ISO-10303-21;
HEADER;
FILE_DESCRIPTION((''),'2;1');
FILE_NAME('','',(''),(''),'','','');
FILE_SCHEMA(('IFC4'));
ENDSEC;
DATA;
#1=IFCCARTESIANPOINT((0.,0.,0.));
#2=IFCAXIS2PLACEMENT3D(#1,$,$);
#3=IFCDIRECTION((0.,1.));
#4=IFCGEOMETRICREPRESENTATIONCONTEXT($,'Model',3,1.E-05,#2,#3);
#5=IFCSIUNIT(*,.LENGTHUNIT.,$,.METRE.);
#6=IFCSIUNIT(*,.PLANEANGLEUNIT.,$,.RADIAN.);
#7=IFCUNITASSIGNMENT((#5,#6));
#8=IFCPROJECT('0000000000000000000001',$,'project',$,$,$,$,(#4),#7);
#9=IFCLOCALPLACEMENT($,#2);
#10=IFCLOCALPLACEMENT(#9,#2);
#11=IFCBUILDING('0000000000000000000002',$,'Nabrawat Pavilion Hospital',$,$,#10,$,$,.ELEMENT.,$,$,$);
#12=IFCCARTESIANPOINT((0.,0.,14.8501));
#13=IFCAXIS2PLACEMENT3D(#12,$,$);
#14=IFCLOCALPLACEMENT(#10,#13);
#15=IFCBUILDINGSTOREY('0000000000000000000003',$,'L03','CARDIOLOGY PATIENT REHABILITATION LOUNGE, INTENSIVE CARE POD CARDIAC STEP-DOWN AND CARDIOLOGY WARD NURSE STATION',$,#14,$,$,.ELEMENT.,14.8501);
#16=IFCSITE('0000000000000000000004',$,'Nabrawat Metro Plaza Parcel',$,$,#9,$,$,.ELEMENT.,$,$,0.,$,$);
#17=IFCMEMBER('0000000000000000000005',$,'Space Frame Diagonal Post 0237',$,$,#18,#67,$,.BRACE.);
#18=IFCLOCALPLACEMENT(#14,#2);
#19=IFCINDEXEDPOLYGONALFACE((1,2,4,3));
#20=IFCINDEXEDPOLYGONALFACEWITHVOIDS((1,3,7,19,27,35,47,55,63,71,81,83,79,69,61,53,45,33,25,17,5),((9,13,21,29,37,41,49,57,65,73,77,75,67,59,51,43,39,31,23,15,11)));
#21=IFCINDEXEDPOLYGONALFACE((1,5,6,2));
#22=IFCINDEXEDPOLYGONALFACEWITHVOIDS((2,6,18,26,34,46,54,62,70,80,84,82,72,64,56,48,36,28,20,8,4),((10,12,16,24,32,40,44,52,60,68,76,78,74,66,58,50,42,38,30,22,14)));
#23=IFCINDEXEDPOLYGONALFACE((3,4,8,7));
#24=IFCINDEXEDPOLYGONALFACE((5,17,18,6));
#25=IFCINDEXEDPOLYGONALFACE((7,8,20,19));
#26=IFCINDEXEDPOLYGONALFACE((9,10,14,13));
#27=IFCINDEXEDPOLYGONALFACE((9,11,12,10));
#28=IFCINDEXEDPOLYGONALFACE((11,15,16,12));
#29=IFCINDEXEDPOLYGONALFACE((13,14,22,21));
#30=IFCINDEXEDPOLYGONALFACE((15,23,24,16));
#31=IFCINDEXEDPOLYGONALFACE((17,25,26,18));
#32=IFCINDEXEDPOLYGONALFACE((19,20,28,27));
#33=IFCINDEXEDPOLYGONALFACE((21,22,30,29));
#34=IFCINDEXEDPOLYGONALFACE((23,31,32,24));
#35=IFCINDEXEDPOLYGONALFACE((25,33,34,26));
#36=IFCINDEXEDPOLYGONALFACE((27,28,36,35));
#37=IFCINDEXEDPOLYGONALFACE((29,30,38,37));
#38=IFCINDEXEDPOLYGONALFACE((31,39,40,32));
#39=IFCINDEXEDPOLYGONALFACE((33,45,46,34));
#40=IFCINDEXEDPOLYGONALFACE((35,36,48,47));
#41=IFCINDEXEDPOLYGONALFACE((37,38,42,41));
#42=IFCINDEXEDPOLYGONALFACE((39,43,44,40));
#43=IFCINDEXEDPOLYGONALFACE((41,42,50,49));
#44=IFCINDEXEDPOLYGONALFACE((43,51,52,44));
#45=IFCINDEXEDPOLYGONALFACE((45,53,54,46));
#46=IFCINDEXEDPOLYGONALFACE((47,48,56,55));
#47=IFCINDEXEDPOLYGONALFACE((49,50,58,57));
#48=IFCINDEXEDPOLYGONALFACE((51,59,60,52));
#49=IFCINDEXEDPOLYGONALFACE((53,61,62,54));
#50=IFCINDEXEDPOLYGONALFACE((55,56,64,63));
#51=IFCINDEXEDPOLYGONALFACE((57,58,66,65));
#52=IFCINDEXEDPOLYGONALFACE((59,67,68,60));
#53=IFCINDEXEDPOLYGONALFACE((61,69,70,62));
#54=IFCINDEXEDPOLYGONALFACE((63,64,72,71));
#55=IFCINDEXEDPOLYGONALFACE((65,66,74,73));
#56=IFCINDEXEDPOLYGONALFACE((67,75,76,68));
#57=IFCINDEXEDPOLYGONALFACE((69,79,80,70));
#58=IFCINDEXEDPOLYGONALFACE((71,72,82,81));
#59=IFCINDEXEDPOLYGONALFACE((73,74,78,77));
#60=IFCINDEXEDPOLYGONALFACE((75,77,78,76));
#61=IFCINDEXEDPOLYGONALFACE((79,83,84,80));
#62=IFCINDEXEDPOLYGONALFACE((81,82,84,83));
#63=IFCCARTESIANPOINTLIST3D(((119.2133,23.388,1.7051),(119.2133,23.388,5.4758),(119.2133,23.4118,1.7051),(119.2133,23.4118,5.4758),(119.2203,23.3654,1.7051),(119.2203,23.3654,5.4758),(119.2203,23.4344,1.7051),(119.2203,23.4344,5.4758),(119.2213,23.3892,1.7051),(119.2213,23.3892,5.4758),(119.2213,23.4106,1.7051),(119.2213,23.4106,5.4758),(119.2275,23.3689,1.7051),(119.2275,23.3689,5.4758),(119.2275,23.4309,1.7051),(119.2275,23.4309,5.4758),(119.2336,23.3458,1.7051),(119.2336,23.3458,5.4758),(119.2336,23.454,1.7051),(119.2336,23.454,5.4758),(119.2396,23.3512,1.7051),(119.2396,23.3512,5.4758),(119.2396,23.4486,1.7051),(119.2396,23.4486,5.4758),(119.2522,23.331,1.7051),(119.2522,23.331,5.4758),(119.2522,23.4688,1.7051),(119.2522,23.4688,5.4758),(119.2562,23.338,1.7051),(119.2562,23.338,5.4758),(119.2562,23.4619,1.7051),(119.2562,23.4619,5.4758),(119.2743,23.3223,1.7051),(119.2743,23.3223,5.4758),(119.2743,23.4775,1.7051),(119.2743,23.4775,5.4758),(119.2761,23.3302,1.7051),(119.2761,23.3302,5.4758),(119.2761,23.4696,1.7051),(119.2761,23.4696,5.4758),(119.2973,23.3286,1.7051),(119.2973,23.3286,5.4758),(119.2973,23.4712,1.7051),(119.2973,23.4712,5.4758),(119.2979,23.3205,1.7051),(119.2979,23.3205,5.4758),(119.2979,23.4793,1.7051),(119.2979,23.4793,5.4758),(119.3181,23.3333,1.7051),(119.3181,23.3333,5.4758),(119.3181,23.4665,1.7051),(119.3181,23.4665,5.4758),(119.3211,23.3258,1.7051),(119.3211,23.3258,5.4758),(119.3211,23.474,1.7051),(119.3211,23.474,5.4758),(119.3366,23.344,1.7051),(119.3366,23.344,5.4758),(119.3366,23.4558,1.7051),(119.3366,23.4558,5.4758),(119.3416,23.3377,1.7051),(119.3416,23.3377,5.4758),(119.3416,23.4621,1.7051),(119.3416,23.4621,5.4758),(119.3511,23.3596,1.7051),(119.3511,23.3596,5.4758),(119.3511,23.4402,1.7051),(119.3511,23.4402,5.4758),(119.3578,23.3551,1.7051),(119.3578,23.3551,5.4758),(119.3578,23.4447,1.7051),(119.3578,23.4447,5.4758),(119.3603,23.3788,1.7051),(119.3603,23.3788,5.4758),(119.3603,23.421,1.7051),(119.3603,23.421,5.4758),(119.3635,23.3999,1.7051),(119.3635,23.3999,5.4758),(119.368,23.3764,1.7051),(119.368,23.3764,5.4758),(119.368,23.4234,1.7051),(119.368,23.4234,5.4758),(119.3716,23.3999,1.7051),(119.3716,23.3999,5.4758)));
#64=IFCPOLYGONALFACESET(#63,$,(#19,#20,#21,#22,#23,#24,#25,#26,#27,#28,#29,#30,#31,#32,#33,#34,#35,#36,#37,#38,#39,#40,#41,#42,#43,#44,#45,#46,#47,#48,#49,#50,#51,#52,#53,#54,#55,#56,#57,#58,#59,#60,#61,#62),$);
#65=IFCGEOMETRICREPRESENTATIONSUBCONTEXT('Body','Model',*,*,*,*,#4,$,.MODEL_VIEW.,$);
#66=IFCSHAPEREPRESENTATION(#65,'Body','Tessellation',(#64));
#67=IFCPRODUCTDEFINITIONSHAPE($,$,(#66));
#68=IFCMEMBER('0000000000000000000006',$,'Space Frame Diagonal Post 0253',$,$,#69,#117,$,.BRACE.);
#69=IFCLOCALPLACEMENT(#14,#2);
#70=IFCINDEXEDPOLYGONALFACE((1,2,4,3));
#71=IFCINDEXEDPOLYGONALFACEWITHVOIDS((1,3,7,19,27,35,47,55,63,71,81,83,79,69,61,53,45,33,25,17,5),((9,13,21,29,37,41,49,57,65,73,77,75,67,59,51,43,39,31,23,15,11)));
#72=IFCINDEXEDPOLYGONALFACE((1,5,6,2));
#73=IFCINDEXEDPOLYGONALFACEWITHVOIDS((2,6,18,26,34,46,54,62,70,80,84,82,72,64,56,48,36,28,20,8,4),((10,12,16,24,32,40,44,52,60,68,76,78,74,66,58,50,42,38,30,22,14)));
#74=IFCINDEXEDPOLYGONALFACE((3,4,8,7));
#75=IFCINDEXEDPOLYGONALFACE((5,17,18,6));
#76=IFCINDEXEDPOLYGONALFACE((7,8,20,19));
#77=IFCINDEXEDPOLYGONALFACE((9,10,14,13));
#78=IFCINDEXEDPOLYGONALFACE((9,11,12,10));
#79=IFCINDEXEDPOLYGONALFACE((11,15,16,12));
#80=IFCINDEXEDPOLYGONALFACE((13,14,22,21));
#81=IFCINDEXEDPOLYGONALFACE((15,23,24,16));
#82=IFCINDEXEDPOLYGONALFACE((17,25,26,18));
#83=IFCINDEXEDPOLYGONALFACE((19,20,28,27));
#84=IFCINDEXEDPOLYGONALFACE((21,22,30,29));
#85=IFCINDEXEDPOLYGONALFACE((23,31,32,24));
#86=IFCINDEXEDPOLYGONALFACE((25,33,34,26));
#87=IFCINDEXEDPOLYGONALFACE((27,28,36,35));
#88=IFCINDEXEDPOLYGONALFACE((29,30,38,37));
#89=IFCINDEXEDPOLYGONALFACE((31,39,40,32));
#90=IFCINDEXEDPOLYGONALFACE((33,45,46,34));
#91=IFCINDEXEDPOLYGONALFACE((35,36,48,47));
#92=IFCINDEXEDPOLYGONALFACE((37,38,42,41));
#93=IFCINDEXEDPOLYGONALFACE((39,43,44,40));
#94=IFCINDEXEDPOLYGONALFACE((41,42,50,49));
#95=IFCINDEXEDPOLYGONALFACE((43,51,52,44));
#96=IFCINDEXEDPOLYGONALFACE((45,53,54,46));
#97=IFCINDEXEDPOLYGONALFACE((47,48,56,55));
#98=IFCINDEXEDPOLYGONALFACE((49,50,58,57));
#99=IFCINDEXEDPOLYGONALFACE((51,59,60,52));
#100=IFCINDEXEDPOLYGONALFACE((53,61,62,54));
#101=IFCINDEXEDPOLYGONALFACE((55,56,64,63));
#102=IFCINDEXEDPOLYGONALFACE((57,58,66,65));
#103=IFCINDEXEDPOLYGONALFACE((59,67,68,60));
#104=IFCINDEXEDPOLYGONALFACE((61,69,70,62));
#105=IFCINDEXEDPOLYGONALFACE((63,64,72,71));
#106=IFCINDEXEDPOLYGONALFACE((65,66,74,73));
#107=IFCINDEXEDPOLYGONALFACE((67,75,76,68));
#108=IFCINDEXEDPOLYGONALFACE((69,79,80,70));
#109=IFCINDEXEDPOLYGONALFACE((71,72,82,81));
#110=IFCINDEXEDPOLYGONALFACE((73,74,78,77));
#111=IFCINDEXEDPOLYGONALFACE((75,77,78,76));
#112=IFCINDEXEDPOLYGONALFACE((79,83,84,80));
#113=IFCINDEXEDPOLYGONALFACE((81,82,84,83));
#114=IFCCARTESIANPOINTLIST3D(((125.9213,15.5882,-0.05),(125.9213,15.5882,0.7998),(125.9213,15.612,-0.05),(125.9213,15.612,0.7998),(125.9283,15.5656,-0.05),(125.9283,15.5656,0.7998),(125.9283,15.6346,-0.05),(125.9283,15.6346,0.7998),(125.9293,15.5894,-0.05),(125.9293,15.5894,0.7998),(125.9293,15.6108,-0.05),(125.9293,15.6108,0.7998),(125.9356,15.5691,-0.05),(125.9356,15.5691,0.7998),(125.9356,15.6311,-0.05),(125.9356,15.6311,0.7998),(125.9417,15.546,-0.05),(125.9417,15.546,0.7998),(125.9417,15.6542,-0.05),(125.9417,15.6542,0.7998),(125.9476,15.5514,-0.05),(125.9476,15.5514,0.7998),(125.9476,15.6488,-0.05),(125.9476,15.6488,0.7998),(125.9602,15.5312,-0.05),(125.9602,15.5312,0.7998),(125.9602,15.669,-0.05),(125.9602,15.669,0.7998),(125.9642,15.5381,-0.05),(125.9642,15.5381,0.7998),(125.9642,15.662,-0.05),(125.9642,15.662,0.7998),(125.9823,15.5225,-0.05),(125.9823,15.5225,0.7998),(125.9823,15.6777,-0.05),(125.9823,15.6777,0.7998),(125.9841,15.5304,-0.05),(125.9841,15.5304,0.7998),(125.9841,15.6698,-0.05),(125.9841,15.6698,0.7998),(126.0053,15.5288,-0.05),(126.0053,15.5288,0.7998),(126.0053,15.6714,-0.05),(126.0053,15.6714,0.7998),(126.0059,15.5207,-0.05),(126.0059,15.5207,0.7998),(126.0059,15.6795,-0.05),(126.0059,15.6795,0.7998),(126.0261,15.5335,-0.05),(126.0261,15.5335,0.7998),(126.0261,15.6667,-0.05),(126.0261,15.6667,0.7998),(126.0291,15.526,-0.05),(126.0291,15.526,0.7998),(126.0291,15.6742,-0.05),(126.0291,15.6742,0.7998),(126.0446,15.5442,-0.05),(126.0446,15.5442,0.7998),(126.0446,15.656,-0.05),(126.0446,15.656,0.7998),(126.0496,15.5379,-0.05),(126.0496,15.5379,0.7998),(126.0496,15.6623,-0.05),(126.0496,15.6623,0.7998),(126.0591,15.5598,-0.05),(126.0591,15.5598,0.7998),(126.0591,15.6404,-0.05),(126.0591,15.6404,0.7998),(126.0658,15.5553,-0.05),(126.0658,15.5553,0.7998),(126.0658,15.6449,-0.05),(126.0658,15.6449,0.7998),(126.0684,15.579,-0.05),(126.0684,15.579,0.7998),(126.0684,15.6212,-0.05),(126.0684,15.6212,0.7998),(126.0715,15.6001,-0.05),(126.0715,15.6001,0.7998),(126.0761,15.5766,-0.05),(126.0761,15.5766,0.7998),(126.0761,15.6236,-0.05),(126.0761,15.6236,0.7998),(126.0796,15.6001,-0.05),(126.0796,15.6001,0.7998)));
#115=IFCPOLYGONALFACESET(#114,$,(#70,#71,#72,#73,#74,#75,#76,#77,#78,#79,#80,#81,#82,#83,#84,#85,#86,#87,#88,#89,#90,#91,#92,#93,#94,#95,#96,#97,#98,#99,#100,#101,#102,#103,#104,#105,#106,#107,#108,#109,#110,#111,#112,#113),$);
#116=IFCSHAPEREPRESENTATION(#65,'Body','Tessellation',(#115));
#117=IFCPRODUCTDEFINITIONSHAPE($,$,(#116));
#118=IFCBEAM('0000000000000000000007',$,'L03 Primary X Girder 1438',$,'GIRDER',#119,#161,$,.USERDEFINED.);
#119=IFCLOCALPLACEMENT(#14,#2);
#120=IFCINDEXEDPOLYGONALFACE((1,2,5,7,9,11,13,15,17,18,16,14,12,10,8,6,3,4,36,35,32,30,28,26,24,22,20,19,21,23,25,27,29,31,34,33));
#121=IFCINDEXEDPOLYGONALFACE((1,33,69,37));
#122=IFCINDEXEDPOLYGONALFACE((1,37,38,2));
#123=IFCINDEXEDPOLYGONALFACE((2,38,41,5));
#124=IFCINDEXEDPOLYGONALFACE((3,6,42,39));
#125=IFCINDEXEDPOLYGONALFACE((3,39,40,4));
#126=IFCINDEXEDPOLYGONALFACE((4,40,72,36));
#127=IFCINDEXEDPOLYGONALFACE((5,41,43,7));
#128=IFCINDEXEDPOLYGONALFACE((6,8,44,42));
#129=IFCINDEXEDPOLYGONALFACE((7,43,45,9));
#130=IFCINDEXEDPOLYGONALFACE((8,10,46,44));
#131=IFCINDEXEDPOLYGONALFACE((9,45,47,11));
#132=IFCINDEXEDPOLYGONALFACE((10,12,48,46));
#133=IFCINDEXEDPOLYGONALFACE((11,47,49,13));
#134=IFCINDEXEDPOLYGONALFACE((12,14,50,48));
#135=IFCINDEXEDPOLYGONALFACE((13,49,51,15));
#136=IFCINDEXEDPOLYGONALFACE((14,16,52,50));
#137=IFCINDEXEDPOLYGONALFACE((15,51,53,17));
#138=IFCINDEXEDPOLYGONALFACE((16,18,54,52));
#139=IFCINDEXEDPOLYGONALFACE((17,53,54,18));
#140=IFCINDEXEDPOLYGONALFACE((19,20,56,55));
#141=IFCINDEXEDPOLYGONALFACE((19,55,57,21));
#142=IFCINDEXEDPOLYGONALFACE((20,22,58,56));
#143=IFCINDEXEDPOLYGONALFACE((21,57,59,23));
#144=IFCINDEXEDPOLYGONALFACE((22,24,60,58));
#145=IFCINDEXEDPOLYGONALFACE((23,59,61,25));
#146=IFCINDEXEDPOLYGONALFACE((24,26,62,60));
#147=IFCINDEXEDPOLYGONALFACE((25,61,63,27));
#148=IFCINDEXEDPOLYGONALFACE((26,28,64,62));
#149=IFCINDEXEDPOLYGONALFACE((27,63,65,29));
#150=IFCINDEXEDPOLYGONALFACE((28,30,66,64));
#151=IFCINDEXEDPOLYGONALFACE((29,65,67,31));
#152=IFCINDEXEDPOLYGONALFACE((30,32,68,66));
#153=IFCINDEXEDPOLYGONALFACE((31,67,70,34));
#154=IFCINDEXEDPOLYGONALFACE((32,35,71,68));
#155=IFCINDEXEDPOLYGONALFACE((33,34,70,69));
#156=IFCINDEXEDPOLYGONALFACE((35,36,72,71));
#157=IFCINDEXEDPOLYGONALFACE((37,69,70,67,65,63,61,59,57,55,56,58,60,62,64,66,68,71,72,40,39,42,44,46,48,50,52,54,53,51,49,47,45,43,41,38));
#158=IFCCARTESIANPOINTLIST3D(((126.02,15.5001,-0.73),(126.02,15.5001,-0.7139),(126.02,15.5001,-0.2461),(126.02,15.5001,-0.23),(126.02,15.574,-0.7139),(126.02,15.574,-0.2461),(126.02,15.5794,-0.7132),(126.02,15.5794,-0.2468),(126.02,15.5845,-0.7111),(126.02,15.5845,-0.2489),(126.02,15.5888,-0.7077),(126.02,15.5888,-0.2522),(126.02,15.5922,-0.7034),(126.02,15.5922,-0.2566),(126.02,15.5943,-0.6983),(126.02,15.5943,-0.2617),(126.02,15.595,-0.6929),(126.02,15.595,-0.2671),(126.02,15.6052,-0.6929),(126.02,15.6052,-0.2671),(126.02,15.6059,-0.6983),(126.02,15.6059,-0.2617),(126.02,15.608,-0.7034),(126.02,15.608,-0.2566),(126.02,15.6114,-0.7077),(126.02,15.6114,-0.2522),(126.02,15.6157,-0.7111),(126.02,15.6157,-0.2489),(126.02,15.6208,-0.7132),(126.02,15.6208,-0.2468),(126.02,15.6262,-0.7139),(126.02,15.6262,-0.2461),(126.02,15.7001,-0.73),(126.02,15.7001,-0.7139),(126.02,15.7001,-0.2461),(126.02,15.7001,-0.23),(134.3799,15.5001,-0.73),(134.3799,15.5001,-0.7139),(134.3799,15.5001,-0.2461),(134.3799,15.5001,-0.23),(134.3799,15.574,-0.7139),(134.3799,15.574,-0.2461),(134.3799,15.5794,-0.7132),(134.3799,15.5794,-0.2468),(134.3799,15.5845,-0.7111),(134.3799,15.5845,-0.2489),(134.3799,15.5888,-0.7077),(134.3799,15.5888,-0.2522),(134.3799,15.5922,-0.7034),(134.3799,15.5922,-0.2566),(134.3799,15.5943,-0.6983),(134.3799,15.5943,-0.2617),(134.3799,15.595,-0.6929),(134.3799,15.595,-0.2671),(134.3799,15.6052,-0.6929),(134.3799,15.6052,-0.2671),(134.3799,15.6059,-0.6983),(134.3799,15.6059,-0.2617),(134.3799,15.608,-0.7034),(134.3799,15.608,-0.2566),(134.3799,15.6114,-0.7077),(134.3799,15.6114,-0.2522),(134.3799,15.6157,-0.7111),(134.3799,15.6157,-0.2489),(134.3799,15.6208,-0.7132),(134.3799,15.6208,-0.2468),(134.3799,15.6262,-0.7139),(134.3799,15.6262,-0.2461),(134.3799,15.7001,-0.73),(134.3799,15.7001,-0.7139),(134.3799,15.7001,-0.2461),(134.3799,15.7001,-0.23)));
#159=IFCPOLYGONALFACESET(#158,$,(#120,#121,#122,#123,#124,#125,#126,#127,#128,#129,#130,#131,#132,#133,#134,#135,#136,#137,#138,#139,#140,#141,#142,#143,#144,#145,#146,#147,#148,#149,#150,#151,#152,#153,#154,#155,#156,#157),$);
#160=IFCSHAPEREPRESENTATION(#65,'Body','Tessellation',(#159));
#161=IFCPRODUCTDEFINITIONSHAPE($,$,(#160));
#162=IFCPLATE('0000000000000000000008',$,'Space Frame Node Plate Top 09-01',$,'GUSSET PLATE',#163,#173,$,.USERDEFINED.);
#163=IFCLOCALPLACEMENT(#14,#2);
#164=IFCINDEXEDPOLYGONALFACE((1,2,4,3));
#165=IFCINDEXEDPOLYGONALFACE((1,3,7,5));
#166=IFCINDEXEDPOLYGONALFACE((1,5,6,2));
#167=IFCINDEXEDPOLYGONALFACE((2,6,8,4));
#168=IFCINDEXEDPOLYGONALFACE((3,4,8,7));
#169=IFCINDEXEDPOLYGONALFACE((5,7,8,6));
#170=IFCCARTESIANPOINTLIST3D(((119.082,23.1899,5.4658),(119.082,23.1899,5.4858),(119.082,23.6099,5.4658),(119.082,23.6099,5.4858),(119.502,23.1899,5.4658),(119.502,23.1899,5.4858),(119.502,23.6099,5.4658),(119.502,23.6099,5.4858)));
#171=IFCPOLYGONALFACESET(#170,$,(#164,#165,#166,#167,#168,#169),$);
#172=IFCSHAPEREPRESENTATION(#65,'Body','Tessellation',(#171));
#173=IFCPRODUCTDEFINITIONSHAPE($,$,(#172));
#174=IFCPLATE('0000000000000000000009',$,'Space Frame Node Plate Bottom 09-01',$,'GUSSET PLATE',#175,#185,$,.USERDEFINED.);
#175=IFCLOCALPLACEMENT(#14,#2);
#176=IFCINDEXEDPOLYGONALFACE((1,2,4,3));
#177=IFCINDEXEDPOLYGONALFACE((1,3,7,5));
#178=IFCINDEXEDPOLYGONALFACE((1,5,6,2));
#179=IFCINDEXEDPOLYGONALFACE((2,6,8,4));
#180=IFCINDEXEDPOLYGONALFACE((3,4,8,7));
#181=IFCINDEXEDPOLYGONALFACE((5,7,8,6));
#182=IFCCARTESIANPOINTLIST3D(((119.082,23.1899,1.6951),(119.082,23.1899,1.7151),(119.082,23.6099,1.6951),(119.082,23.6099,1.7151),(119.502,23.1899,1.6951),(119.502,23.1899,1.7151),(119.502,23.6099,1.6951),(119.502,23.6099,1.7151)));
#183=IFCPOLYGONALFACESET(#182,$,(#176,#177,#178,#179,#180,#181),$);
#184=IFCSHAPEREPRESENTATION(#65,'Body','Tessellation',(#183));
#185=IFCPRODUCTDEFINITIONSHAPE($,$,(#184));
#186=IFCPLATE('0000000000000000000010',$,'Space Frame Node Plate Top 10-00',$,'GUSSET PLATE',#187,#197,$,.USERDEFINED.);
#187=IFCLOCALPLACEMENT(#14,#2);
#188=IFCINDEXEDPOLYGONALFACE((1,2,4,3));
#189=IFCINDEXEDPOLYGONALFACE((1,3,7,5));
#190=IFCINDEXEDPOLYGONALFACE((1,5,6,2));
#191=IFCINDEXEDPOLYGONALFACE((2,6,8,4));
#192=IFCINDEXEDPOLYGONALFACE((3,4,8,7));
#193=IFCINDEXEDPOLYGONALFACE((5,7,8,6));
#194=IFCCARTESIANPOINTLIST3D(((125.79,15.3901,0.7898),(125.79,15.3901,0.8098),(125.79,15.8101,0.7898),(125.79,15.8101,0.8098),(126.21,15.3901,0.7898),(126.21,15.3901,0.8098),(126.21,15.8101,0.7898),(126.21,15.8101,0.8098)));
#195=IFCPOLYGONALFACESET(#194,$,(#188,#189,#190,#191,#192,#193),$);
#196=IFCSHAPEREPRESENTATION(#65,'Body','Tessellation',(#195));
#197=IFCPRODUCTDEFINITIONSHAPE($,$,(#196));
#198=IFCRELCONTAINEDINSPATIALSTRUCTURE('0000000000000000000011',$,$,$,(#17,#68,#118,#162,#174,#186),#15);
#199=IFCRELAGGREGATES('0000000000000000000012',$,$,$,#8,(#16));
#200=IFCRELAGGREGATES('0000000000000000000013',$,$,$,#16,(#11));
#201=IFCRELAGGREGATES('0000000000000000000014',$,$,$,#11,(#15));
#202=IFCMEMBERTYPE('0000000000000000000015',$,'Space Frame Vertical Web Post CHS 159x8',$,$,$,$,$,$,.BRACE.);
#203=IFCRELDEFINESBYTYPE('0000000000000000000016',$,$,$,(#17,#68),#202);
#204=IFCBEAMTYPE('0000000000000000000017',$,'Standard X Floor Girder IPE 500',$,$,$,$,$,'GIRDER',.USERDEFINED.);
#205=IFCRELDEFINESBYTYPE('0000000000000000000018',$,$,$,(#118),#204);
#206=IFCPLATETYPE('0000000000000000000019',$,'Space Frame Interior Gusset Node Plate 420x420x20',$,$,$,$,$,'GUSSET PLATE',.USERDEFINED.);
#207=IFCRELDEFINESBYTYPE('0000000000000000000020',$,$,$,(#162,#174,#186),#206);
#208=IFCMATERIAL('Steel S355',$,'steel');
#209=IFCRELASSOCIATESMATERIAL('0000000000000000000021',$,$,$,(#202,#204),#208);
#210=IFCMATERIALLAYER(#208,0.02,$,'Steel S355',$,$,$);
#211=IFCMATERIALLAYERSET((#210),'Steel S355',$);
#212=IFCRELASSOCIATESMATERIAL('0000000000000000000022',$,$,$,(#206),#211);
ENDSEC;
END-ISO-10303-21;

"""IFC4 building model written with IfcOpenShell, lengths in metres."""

from ifc_helpers import new_model, si_unit, direction, frame, origin, origin_2d, place, context, subcontext, project, spatial, rectangle, hollow_circle, i_section, extrude, material, layer, layer_set, material_profile, profile_set, type_object, element, save


model = new_model("IFC4")

# Units and contexts
model_context = context("Model", 3, precision=1e-05, world=origin(), true_north=direction((0.0, 1.0)))
body_context = subcontext(model_context, "Body", "Model", "MODEL_VIEW")
ifc_project = project(units=[si_unit("LENGTHUNIT", "METRE"), si_unit("PLANEANGLEUNIT", "RADIAN")], contexts=[model_context])

# Site, building, storey
site_placement = place(None, origin())
site = spatial("IfcSite", under=ifc_project, at=site_placement, Name="Nabrawat Metro Plaza Parcel", CompositionType="ELEMENT", RefElevation=0.0)
building_placement = place(site_placement, origin())
building = spatial("IfcBuilding", under=site, at=building_placement, Name="Nabrawat Pavilion Hospital", CompositionType="ELEMENT")
storey_placement = place(building_placement, frame((0.0, 0.0, 14.8501)))
storey = spatial("IfcBuildingStorey", under=building, at=storey_placement, Name="L03", Description="CARDIOLOGY PATIENT REHABILITATION LOUNGE, INTENSIVE CARE POD CARDIAC STEP-DOWN AND CARDIOLOGY WARD NURSE STATION", CompositionType="ELEMENT", Elevation=14.8501)

# Shared definitions
ifc_material = material(Name="Steel S355", Category="steel")

# Members
ifc_material_profile_1 = material_profile(ifc_material, hollow_circle(Radius=0.0796, WallThickness=0.0081, at=origin_2d()), Name="CHS 159x8")
ifc_profile_set_1 = profile_set([ifc_material_profile_1], Name="Steel S355")
member_type_1 = type_object("IfcMemberType", Name="Space Frame Vertical Web Post CHS 159x8", PredefinedType="BRACE", material=ifc_profile_set_1)
member_1_placement = place(storey_placement, frame((119.292, 23.3999, 1.7051), z_axis=(0.0, 0.0, 1.0), x_axis=(1.0, 0.0, 0.0)))
element("IfcMember", 1, at=member_1_placement, inside=storey, type_object=member_type_1, Name="Space Frame Diagonal Post 0237", PredefinedType="BRACE", context=body_context, shape_type="SweptSolid", body=[
    extrude(hollow_circle(Radius=0.0796, WallThickness=0.0081, at=origin_2d()), origin(), (0.0, 0.0, 1.0), 3.7708),
])
member_2_placement = place(storey_placement, frame((126.0, 15.6001, -0.05), z_axis=(0.0, 0.0, 1.0), x_axis=(1.0, 0.0, 0.0)))
element("IfcMember", 2, at=member_2_placement, inside=storey, type_object=member_type_1, Name="Space Frame Diagonal Post 0253", PredefinedType="BRACE", context=body_context, shape_type="SweptSolid", body=[
    extrude(hollow_circle(Radius=0.0796, WallThickness=0.0081, at=origin_2d()), origin(), (0.0, 0.0, 1.0), 0.8499),
])

# Beam
ifc_material_profile_2 = material_profile(ifc_material, i_section(OverallWidth=0.2, OverallDepth=0.5, WebThickness=0.0103, FlangeThickness=0.0161, FilletRadius=0.021, at=origin_2d()), Name="IPE 500")
ifc_profile_set_2 = profile_set([ifc_material_profile_2], Name="Steel S355")
beam_type_1 = type_object("IfcBeamType", Name="Standard X Floor Girder IPE 500", ElementType="GIRDER", PredefinedType="USERDEFINED", material=ifc_profile_set_2)
beam_1_placement = place(storey_placement, frame((126.02, 15.6001, -0.48), z_axis=(1.0, 0.0, 0.0), x_axis=(0.0, 1.0, 0.0)))
element("IfcBeam", 3, at=beam_1_placement, inside=storey, type_object=beam_type_1, Name="L03 Primary X Girder 1438", ObjectType="GIRDER", PredefinedType="USERDEFINED", context=body_context, shape_type="SweptSolid", body=[
    extrude(i_section(OverallWidth=0.2, OverallDepth=0.5, WebThickness=0.0103, FlangeThickness=0.0161, FilletRadius=0.021, at=origin_2d()), origin(), (0.0, 0.0, 1.0), 8.3599),
])

# Plates
ifc_layer = layer(ifc_material, 0.02, Name="Steel S355")
ifc_layer_set = layer_set([ifc_layer], Name="Steel S355")
plate_type = type_object("IfcPlateType", Name="Space Frame Interior Gusset Node Plate 420x420x20", ElementType="GUSSET PLATE", PredefinedType="USERDEFINED", material=ifc_layer_set)
for number, where, z_axis, x_axis, name in (
    (4, (119.292, 23.3999, 5.4658), (0.0, 0.0, 1.0), (1.0, 0.0, 0.0), "Space Frame Node Plate Top 09-01"),
    (5, (119.292, 23.3999, 1.6951), (0.0, 0.0, 1.0), (1.0, 0.0, 0.0), "Space Frame Node Plate Bottom 09-01"),
    (6, (126.0, 15.6001, 0.7898), (0.0, 0.0, 1.0), (1.0, 0.0, 0.0), "Space Frame Node Plate Top 10-00"),
):
    element("IfcPlate", number, at=place(storey_placement, frame(where, z_axis=z_axis, x_axis=x_axis)), inside=storey, type_object=plate_type, Name=name, ObjectType="GUSSET PLATE", PredefinedType="USERDEFINED", context=body_context, shape_type="SweptSolid", body=[
        extrude(rectangle(XDim=0.4199, YDim=0.4199, at=origin_2d()), origin(), (0.0, 0.0, 1.0), 0.02),
    ])

save(model, "model.ifc")
